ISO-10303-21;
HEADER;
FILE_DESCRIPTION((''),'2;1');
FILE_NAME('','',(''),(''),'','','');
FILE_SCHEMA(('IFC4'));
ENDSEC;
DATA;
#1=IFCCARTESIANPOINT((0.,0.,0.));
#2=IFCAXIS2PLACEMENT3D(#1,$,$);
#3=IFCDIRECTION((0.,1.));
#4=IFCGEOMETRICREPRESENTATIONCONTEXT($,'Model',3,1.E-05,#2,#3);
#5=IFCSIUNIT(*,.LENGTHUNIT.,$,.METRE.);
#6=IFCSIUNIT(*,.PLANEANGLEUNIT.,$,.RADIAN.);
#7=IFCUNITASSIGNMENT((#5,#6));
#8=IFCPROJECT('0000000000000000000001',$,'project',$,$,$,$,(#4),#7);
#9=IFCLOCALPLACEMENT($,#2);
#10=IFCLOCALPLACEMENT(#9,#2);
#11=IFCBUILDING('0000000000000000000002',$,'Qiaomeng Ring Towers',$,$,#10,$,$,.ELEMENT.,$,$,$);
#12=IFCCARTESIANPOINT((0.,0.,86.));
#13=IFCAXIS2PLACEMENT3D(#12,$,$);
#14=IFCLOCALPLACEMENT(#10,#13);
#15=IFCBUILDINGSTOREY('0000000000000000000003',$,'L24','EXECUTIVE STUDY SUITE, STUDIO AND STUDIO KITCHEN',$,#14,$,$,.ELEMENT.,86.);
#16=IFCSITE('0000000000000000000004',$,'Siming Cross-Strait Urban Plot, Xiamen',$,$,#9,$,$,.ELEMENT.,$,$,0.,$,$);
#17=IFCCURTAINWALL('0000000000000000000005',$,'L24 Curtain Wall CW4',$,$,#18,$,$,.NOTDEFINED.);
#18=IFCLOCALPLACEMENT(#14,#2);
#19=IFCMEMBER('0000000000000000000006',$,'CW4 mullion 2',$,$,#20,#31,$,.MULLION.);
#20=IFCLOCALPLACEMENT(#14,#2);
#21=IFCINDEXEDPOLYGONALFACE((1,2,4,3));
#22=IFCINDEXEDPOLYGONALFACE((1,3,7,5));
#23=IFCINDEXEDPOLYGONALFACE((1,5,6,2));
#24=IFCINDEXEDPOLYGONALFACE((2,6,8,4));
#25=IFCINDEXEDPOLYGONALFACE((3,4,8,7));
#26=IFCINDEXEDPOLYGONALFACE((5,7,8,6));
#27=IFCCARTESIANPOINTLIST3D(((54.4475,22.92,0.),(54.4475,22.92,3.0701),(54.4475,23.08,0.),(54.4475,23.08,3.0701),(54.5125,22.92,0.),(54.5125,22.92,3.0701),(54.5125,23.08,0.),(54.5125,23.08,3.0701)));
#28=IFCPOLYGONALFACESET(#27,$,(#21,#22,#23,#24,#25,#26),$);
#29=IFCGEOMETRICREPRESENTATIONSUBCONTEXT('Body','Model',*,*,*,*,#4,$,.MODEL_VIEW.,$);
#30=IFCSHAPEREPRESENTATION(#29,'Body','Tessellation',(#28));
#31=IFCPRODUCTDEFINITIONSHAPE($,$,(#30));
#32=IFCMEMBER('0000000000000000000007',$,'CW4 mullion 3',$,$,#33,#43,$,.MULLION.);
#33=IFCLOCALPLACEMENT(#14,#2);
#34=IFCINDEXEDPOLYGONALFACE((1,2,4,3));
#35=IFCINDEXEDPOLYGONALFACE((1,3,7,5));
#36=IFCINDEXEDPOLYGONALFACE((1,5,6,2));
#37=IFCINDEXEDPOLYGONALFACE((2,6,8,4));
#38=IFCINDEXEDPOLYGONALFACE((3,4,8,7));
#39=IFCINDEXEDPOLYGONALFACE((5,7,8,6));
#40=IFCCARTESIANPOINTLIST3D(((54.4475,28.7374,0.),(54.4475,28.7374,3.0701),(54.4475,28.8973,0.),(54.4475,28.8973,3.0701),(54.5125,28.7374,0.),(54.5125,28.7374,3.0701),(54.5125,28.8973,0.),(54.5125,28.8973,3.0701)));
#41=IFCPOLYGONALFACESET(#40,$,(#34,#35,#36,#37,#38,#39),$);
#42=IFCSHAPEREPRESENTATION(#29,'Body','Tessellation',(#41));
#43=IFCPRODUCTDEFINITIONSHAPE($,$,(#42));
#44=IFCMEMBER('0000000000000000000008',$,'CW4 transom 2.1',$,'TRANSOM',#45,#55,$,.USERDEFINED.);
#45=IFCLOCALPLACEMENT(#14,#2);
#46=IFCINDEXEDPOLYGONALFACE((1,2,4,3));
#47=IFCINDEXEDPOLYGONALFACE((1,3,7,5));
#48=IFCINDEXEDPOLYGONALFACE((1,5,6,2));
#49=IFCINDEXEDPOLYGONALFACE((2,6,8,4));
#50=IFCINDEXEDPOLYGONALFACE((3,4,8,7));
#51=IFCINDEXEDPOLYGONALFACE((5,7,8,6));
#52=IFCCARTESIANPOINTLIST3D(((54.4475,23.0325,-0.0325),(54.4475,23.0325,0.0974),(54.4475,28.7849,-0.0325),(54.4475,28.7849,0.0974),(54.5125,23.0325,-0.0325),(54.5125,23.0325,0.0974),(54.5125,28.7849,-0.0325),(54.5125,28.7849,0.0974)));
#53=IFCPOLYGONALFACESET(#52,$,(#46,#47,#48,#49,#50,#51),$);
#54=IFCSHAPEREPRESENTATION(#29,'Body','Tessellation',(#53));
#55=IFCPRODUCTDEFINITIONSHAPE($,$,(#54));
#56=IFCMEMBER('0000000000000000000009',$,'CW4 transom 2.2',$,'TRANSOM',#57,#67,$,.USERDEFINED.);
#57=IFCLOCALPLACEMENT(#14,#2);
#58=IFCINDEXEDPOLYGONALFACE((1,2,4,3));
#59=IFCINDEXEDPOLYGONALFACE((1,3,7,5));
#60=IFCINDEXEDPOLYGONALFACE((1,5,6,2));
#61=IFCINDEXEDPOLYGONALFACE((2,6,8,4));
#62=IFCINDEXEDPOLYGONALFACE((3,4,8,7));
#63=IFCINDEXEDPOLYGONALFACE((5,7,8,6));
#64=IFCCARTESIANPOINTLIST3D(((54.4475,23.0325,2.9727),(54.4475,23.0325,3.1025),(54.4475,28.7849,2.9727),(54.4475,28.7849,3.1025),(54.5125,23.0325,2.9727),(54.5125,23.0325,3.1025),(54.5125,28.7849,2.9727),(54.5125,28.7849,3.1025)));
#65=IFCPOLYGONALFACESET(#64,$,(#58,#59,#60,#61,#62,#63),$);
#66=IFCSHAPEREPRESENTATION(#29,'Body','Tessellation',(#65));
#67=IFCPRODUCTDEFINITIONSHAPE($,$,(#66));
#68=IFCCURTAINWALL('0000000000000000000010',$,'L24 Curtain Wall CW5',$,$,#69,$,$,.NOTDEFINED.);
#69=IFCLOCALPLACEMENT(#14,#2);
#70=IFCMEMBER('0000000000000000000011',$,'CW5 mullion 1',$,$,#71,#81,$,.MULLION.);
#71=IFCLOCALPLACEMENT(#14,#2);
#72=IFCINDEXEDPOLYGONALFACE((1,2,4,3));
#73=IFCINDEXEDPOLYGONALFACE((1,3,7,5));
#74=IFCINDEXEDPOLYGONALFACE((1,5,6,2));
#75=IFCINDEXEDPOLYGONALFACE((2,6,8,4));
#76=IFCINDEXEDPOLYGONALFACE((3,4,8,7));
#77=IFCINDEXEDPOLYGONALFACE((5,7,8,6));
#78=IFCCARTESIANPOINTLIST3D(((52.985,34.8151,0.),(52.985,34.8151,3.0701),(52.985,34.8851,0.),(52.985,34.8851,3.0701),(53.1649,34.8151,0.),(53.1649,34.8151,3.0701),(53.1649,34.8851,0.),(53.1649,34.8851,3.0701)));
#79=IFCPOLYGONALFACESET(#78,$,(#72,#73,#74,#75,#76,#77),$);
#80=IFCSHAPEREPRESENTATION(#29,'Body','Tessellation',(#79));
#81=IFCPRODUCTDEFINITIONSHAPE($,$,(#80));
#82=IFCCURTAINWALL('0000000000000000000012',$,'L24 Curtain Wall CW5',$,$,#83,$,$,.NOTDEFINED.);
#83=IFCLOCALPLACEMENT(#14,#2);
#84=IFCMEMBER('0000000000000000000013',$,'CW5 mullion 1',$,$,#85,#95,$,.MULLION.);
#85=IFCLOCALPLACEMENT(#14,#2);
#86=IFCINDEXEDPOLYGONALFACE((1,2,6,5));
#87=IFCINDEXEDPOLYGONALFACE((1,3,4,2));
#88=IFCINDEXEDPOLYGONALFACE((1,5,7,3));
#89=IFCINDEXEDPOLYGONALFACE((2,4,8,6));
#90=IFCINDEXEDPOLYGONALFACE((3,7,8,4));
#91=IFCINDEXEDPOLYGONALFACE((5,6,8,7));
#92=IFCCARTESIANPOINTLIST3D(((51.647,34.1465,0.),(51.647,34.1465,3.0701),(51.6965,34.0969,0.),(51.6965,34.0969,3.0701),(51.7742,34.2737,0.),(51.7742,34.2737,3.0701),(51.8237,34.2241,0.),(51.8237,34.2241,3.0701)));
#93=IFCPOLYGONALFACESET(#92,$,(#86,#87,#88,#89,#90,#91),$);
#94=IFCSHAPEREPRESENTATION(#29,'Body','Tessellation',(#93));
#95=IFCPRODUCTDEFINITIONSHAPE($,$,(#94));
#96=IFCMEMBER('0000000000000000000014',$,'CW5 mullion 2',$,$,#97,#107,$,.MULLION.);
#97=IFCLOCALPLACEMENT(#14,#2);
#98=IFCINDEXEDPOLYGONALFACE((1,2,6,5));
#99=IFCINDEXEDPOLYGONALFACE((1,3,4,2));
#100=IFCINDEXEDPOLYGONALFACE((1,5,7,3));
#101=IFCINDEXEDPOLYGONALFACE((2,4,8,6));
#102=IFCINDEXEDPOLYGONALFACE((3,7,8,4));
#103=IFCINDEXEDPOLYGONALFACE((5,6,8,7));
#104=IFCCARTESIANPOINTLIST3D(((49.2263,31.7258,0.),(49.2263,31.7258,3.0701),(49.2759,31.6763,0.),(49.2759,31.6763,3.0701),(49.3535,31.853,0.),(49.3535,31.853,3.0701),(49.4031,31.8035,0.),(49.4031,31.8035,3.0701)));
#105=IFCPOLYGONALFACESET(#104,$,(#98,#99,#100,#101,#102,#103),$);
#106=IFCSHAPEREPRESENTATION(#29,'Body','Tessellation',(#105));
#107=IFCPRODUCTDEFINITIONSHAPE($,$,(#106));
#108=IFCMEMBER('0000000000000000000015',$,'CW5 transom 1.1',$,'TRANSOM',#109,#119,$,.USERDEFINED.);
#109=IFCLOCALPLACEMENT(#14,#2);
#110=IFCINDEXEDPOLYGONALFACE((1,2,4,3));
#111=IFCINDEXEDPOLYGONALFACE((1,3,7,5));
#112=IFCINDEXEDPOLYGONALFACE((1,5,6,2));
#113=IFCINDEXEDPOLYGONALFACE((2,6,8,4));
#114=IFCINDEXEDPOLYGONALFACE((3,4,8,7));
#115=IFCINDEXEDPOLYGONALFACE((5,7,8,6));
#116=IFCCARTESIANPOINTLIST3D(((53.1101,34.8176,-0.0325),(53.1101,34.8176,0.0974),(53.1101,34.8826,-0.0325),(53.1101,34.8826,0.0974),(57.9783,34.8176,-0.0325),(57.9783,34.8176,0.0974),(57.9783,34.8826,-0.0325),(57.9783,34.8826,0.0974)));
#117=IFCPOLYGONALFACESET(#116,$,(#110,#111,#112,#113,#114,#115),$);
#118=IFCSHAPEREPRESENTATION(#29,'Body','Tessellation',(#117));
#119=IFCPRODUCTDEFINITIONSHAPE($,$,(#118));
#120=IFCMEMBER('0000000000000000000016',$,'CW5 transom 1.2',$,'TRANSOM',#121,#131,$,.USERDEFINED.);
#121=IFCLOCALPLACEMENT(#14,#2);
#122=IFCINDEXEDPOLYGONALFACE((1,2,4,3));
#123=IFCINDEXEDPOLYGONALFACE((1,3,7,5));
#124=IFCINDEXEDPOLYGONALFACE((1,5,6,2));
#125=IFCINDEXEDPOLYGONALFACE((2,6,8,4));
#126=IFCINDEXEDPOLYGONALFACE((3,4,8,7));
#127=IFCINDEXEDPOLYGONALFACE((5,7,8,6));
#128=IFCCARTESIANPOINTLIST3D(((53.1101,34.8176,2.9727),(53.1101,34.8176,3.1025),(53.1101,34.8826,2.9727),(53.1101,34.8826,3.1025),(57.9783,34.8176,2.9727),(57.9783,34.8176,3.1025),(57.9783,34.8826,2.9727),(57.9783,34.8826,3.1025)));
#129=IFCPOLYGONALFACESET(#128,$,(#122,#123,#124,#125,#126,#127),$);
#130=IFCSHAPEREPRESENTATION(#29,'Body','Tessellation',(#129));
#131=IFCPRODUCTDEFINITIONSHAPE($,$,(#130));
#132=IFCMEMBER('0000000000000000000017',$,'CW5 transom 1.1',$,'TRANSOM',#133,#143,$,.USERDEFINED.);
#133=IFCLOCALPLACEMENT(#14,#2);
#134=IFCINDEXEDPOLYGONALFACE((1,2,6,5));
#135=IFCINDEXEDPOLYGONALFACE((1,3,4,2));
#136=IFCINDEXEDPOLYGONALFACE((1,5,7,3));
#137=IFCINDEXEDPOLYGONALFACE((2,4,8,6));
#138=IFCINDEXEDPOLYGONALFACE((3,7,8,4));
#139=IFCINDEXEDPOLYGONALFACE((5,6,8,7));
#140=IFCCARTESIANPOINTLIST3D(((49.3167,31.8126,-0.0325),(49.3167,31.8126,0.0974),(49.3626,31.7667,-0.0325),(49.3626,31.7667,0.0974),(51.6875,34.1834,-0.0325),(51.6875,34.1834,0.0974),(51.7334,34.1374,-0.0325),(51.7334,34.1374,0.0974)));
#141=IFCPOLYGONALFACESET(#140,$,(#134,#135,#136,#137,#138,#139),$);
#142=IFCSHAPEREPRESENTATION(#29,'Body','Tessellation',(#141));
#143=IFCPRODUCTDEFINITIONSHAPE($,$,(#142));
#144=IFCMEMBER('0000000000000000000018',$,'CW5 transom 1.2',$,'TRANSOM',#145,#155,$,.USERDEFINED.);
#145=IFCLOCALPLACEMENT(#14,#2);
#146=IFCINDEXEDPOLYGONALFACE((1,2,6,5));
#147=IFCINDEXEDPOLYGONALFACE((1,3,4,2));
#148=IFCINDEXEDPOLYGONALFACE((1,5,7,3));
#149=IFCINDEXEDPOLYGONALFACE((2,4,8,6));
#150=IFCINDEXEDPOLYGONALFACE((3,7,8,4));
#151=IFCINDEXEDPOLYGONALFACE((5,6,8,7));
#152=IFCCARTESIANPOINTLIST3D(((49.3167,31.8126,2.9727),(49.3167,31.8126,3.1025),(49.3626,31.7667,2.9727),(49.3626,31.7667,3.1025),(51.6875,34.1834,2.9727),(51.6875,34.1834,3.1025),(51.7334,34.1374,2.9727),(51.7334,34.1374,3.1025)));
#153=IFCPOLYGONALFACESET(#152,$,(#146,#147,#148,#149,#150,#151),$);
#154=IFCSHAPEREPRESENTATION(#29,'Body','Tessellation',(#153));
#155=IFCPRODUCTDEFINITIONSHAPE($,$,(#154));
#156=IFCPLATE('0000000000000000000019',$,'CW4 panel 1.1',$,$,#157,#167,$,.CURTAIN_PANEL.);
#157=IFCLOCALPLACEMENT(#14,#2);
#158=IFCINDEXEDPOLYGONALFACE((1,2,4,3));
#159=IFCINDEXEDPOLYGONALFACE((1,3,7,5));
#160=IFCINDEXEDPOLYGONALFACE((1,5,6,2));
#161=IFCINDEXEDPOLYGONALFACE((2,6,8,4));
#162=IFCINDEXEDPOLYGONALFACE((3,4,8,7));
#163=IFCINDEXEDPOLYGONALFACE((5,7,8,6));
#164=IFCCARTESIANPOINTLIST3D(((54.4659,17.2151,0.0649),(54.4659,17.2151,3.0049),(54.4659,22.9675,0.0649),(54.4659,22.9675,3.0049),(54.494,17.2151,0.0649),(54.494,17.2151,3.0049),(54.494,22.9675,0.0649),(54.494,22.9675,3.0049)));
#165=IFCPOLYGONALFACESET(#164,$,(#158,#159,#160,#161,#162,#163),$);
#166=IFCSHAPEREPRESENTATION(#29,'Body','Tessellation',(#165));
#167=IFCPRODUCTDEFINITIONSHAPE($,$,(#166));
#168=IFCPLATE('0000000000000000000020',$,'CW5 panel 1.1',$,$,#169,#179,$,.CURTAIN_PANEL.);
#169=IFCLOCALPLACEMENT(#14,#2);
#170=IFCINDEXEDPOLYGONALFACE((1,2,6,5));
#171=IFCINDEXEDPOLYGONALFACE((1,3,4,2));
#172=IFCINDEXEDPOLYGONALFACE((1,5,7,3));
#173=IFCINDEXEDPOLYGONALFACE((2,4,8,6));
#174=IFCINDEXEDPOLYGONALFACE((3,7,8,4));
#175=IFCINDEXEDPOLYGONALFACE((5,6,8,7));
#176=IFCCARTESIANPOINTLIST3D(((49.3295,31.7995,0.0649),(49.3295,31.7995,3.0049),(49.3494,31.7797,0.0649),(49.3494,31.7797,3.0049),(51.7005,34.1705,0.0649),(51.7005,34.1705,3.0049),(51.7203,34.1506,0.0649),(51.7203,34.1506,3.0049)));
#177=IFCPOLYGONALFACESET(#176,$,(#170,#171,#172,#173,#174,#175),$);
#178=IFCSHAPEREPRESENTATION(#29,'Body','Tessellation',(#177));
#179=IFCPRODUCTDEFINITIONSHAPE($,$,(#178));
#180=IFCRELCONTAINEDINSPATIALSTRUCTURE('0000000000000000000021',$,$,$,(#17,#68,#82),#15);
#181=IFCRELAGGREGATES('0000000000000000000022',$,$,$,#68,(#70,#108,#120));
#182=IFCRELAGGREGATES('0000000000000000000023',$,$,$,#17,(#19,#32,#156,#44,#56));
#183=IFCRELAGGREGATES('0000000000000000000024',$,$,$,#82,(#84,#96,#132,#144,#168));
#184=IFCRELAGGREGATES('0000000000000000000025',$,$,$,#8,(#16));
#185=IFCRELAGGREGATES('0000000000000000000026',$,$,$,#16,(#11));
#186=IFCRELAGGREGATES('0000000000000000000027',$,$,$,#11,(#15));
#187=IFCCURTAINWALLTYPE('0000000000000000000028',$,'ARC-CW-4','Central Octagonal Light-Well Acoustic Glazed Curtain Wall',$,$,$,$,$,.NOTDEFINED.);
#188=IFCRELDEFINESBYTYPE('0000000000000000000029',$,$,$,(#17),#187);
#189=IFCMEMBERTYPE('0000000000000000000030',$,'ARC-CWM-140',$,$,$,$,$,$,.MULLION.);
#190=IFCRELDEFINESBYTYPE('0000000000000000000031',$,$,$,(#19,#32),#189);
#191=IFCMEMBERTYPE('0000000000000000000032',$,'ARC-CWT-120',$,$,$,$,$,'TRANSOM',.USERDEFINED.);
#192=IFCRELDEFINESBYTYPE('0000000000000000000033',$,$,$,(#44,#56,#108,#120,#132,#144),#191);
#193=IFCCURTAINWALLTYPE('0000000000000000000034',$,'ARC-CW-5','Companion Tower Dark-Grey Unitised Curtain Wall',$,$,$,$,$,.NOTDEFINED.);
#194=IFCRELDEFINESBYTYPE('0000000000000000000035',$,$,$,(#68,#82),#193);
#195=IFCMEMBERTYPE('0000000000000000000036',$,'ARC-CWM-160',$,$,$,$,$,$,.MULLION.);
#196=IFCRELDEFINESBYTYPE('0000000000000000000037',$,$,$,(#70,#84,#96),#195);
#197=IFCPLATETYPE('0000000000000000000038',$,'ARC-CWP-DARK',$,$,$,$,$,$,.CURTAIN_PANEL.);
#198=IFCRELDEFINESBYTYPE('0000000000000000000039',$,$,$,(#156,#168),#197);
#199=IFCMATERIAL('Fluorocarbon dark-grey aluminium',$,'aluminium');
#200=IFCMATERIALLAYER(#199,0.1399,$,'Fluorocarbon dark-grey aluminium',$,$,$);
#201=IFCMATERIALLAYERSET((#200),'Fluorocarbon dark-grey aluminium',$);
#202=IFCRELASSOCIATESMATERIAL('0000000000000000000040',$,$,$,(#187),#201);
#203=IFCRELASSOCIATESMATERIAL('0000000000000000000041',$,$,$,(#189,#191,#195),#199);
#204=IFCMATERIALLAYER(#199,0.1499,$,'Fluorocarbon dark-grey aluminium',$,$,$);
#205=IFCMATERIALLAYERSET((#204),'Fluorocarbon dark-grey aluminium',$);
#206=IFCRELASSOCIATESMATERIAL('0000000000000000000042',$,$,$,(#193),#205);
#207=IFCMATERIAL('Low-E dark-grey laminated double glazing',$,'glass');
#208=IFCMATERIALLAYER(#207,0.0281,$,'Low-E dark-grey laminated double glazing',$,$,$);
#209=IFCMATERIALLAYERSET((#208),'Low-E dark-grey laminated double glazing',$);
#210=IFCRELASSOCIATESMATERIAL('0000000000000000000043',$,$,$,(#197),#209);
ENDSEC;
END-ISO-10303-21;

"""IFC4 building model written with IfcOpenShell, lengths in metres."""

from ifc_helpers import new_model, si_unit, direction, frame, origin, origin_2d, place, context, subcontext, project, spatial, rectangle, extrude, source, transform, mapped, material, layer, layer_set, material_profile, profile_set, type_object, element, aggregate, save


model = new_model("IFC4")

# Units and contexts
model_context = context("Model", 3, precision=1e-05, world=origin(), true_north=direction((0.0, 1.0)))
body_context = subcontext(model_context, "Body", "Model", "MODEL_VIEW")
ifc_project = project(units=[si_unit("LENGTHUNIT", "METRE"), si_unit("PLANEANGLEUNIT", "RADIAN")], contexts=[model_context])

# Site, building, storey
site_placement = place(None, origin())
site = spatial("IfcSite", under=ifc_project, at=site_placement, Name="Siming Cross-Strait Urban Plot, Xiamen", CompositionType="ELEMENT", RefElevation=0.0)
building_placement = place(site_placement, origin())
building = spatial("IfcBuilding", under=site, at=building_placement, Name="Qiaomeng Ring Towers", CompositionType="ELEMENT")
storey_placement = place(building_placement, frame((0.0, 0.0, 86.0)))
storey = spatial("IfcBuildingStorey", under=building, at=storey_placement, Name="L24", Description="EXECUTIVE STUDY SUITE, STUDIO AND STUDIO KITCHEN", CompositionType="ELEMENT", Elevation=86.0)

# Curtain wall, members
ifc_material_1 = material(Name="Fluorocarbon dark-grey aluminium", Category="aluminium")
ifc_layer_1 = layer(ifc_material_1, 0.1399, Name="Fluorocarbon dark-grey aluminium")
ifc_layer_set_1 = layer_set([ifc_layer_1], Name="Fluorocarbon dark-grey aluminium")
curtain_wall_type_1 = type_object("IfcCurtainWallType", Name="ARC-CW-4", Description="Central Octagonal Light-Well Acoustic Glazed Curtain Wall", PredefinedType="NOTDEFINED", material=ifc_layer_set_1)
curtain_wall_1_placement = place(storey_placement, origin())
curtain_wall_1 = element("IfcCurtainWall", 1, at=curtain_wall_1_placement, inside=storey, type_object=curtain_wall_type_1, Name="L24 Curtain Wall CW4", PredefinedType="NOTDEFINED")
ifc_material_profile_1 = material_profile(ifc_material_1, rectangle(XDim=0.0649, YDim=0.1599, at=origin_2d()), Name="ALU MULL 65x160")
ifc_profile_set_1 = profile_set([ifc_material_profile_1], Name="Fluorocarbon dark-grey aluminium")
member_type_1 = type_object("IfcMemberType", Name="ARC-CWM-140", PredefinedType="MULLION", material=ifc_profile_set_1)
shared_shape_1 = source(origin(), body_context, "Body", "SweptSolid", [
    extrude(rectangle(XDim=0.0649, YDim=0.1599, at=origin_2d()), origin(), (0.0, 0.0, 1.0), 3.0701),
])
member_1_placement = place(storey_placement, frame((54.48, 23.0, 0.0), z_axis=(0.0, 0.0, 1.0), x_axis=(-1.0, 0.0, 0.0)))
member_1 = element("IfcMember", 2, at=member_1_placement, type_object=member_type_1, Name="CW4 mullion 2", PredefinedType="MULLION", context=body_context, shape_type="MappedRepresentation", body=[
    mapped(shared_shape_1, transform((0.0, 0.0, 0.0), x_axis=(1.0, 0.0, 0.0), y_axis=(0.0, 1.0, 0.0), z_axis=(0.0, 0.0, 1.0), scale=1.0)),
])
member_2_placement = place(storey_placement, frame((54.48, 28.8174, 0.0), z_axis=(0.0, 0.0, 1.0), x_axis=(-1.0, 0.0, 0.0)))
member_2 = element("IfcMember", 3, at=member_2_placement, type_object=member_type_1, Name="CW4 mullion 3", PredefinedType="MULLION", context=body_context, shape_type="MappedRepresentation", body=[
    mapped(shared_shape_1, transform((0.0, 0.0, 0.0), x_axis=(1.0, 0.0, 0.0), y_axis=(0.0, 1.0, 0.0), z_axis=(0.0, 0.0, 1.0), scale=1.0)),
])
ifc_material_profile_2 = material_profile(ifc_material_1, rectangle(XDim=0.0649, YDim=0.1299, at=origin_2d()), Name="ALU TRAN 65x130")
ifc_profile_set_2 = profile_set([ifc_material_profile_2], Name="Fluorocarbon dark-grey aluminium")
member_type_2 = type_object("IfcMemberType", Name="ARC-CWT-120", ElementType="TRANSOM", PredefinedType="USERDEFINED", material=ifc_profile_set_2)
shared_shape_2 = source(origin(), body_context, "Body", "SweptSolid", [
    extrude(rectangle(XDim=0.0649, YDim=0.1299, at=origin_2d()), origin(), (0.0, 0.0, 1.0), 5.7524),
])
member_3_placement = place(storey_placement, frame((54.48, 23.0325, 0.0325), z_axis=(0.0, 1.0, 0.0), x_axis=(-1.0, 0.0, 0.0)))
member_3 = element("IfcMember", 4, at=member_3_placement, type_object=member_type_2, Name="CW4 transom 2.1", ObjectType="TRANSOM", PredefinedType="USERDEFINED", context=body_context, shape_type="MappedRepresentation", body=[
    mapped(shared_shape_2, transform((0.0, 0.0, 0.0), x_axis=(1.0, 0.0, 0.0), y_axis=(0.0, 1.0, 0.0), z_axis=(0.0, 0.0, 1.0), scale=1.0)),
])
member_4_placement = place(storey_placement, frame((54.48, 23.0325, 3.0376), z_axis=(0.0, 1.0, 0.0), x_axis=(-1.0, 0.0, 0.0)))
member_4 = element("IfcMember", 5, at=member_4_placement, type_object=member_type_2, Name="CW4 transom 2.2", ObjectType="TRANSOM", PredefinedType="USERDEFINED", context=body_context, shape_type="MappedRepresentation", body=[
    mapped(shared_shape_2, transform((0.0, 0.0, 0.0), x_axis=(1.0, 0.0, 0.0), y_axis=(0.0, 1.0, 0.0), z_axis=(0.0, 0.0, 1.0), scale=1.0)),
])

# Curtain wall, member
ifc_layer_2 = layer(ifc_material_1, 0.1499, Name="Fluorocarbon dark-grey aluminium")
ifc_layer_set_2 = layer_set([ifc_layer_2], Name="Fluorocarbon dark-grey aluminium")
curtain_wall_type_2 = type_object("IfcCurtainWallType", Name="ARC-CW-5", Description="Companion Tower Dark-Grey Unitised Curtain Wall", PredefinedType="NOTDEFINED", material=ifc_layer_set_2)
curtain_wall_2_placement = place(storey_placement, origin())
curtain_wall_2 = element("IfcCurtainWall", 6, at=curtain_wall_2_placement, inside=storey, type_object=curtain_wall_type_2, Name="L24 Curtain Wall CW5", PredefinedType="NOTDEFINED")
ifc_material_profile_3 = material_profile(ifc_material_1, rectangle(XDim=0.0701, YDim=0.1799, at=origin_2d()), Name="ALU MULL 70x180")
ifc_profile_set_3 = profile_set([ifc_material_profile_3], Name="Fluorocarbon dark-grey aluminium")
member_type_3 = type_object("IfcMemberType", Name="ARC-CWM-160", PredefinedType="MULLION", material=ifc_profile_set_3)
shared_shape_3 = source(origin(), body_context, "Body", "SweptSolid", [
    extrude(rectangle(XDim=0.0701, YDim=0.1799, at=origin_2d()), origin(), (0.0, 0.0, 1.0), 3.0701),
])
member_5_placement = place(storey_placement, frame((53.075, 34.8501, 0.0), z_axis=(0.0, 0.0, 1.0), x_axis=(0.0, 1.0, 0.0)))
member_5 = element("IfcMember", 7, at=member_5_placement, type_object=member_type_3, Name="CW5 mullion 1", PredefinedType="MULLION", context=body_context, shape_type="MappedRepresentation", body=[
    mapped(shared_shape_3, transform((0.0, 0.0, 0.0), x_axis=(1.0, 0.0, 0.0), y_axis=(0.0, 1.0, 0.0), z_axis=(0.0, 0.0, 1.0), scale=1.0)),
])

# Curtain wall, members
curtain_wall_3_placement = place(storey_placement, origin())
curtain_wall_3 = element("IfcCurtainWall", 8, at=curtain_wall_3_placement, inside=storey, type_object=curtain_wall_type_2, Name="L24 Curtain Wall CW5", PredefinedType="NOTDEFINED")
member_6_placement = place(storey_placement, frame((51.7354, 34.1853, 0.0), z_axis=(0.0, 0.0, 1.0), x_axis=(0.707107, -0.707107, 0.0)))
member_6 = element("IfcMember", 9, at=member_6_placement, type_object=member_type_3, Name="CW5 mullion 1", PredefinedType="MULLION", context=body_context, shape_type="MappedRepresentation", body=[
    mapped(shared_shape_3, transform((0.0, 0.0, 0.0), x_axis=(1.0, 0.0, 0.0), y_axis=(0.0, 1.0, 0.0), z_axis=(0.0, 0.0, 1.0), scale=1.0)),
])
member_7_placement = place(storey_placement, frame((49.3147, 31.7646, 0.0), z_axis=(0.0, 0.0, 1.0), x_axis=(0.707107, -0.707107, 0.0)))
member_7 = element("IfcMember", 10, at=member_7_placement, type_object=member_type_3, Name="CW5 mullion 2", PredefinedType="MULLION", context=body_context, shape_type="MappedRepresentation", body=[
    mapped(shared_shape_3, transform((0.0, 0.0, 0.0), x_axis=(1.0, 0.0, 0.0), y_axis=(0.0, 1.0, 0.0), z_axis=(0.0, 0.0, 1.0), scale=1.0)),
])

# Members
shared_shape_4 = source(origin(), body_context, "Body", "SweptSolid", [
    extrude(rectangle(XDim=0.0649, YDim=0.1299, at=origin_2d()), origin(), (0.0, 0.0, 1.0), 4.8682),
])
member_8_placement = place(storey_placement, frame((53.1101, 34.8501, 0.0325), z_axis=(1.0, 0.0, 0.0), x_axis=(0.0, 1.0, 0.0)))
member_8 = element("IfcMember", 11, at=member_8_placement, type_object=member_type_2, Name="CW5 transom 1.1", ObjectType="TRANSOM", PredefinedType="USERDEFINED", context=body_context, shape_type="MappedRepresentation", body=[
    mapped(shared_shape_4, transform((0.0, 0.0, 0.0), x_axis=(1.0, 0.0, 0.0), y_axis=(0.0, 1.0, 0.0), z_axis=(0.0, 0.0, 1.0), scale=1.0)),
])
member_9_placement = place(storey_placement, frame((53.1101, 34.8501, 3.0376), z_axis=(1.0, 0.0, 0.0), x_axis=(0.0, 1.0, 0.0)))
member_9 = element("IfcMember", 12, at=member_9_placement, type_object=member_type_2, Name="CW5 transom 1.2", ObjectType="TRANSOM", PredefinedType="USERDEFINED", context=body_context, shape_type="MappedRepresentation", body=[
    mapped(shared_shape_4, transform((0.0, 0.0, 0.0), x_axis=(1.0, 0.0, 0.0), y_axis=(0.0, 1.0, 0.0), z_axis=(0.0, 0.0, 1.0), scale=1.0)),
])
aggregate(curtain_wall_2, [member_5, member_8, member_9])
shared_shape_5 = source(origin(), body_context, "Body", "SweptSolid", [
    extrude(rectangle(XDim=0.0649, YDim=0.1299, at=origin_2d()), origin(), (0.0, 0.0, 1.0), 3.3528),
])
member_10_placement = place(storey_placement, frame((51.7104, 34.1604, 0.0325), z_axis=(-0.707107, -0.707107, 0.0), x_axis=(0.707107, -0.707107, 0.0)))
member_10 = element("IfcMember", 13, at=member_10_placement, type_object=member_type_2, Name="CW5 transom 1.1", ObjectType="TRANSOM", PredefinedType="USERDEFINED", context=body_context, shape_type="MappedRepresentation", body=[
    mapped(shared_shape_5, transform((0.0, 0.0, 0.0), x_axis=(1.0, 0.0, 0.0), y_axis=(0.0, 1.0, 0.0), z_axis=(0.0, 0.0, 1.0), scale=1.0)),
])
member_11_placement = place(storey_placement, frame((51.7104, 34.1604, 3.0376), z_axis=(-0.707107, -0.707107, 0.0), x_axis=(0.707107, -0.707107, 0.0)))
member_11 = element("IfcMember", 14, at=member_11_placement, type_object=member_type_2, Name="CW5 transom 1.2", ObjectType="TRANSOM", PredefinedType="USERDEFINED", context=body_context, shape_type="MappedRepresentation", body=[
    mapped(shared_shape_5, transform((0.0, 0.0, 0.0), x_axis=(1.0, 0.0, 0.0), y_axis=(0.0, 1.0, 0.0), z_axis=(0.0, 0.0, 1.0), scale=1.0)),
])

# Plates
ifc_material_2 = material(Name="Low-E dark-grey laminated double glazing", Category="glass")
ifc_layer_3 = layer(ifc_material_2, 0.0281, Name="Low-E dark-grey laminated double glazing")
ifc_layer_set_3 = layer_set([ifc_layer_3], Name="Low-E dark-grey laminated double glazing")
plate_type = type_object("IfcPlateType", Name="ARC-CWP-DARK", PredefinedType="CURTAIN_PANEL", material=ifc_layer_set_3)
shared_shape_6 = source(origin(), body_context, "Body", "SweptSolid", [
    extrude(rectangle(XDim=5.7524, YDim=0.0281, at=origin_2d()), origin(), (0.0, 0.0, 1.0), 2.9399),
])
plate_1_placement = place(storey_placement, frame((54.48, 20.0913, 0.0649), z_axis=(0.0, 0.0, 1.0), x_axis=(0.0, 1.0, 0.0)))
plate_1 = element("IfcPlate", 15, at=plate_1_placement, type_object=plate_type, Name="CW4 panel 1.1", PredefinedType="CURTAIN_PANEL", context=body_context, shape_type="MappedRepresentation", body=[
    mapped(shared_shape_6, transform((0.0, 0.0, 0.0), x_axis=(1.0, 0.0, 0.0), y_axis=(0.0, 1.0, 0.0), z_axis=(0.0, 0.0, 1.0), scale=1.0)),
])
aggregate(curtain_wall_1, [member_1, member_2, plate_1, member_3, member_4])
shared_shape_7 = source(origin(), body_context, "Body", "SweptSolid", [
    extrude(rectangle(XDim=3.353, YDim=0.0281, at=origin_2d()), origin(), (0.0, 0.0, 1.0), 2.9399),
])
plate_2_placement = place(storey_placement, frame((50.5249, 32.9751, 0.0649), z_axis=(0.0, 0.0, 1.0), x_axis=(-0.707107, -0.707107, 0.0)))
plate_2 = element("IfcPlate", 16, at=plate_2_placement, type_object=plate_type, Name="CW5 panel 1.1", PredefinedType="CURTAIN_PANEL", context=body_context, shape_type="MappedRepresentation", body=[
    mapped(shared_shape_7, transform((0.0, 0.0, 0.0), x_axis=(1.0, 0.0, 0.0), y_axis=(0.0, 1.0, 0.0), z_axis=(0.0, 0.0, 1.0), scale=1.0)),
])
aggregate(curtain_wall_3, [member_6, member_7, member_10, member_11, plate_2])

save(model, "model.ifc")
